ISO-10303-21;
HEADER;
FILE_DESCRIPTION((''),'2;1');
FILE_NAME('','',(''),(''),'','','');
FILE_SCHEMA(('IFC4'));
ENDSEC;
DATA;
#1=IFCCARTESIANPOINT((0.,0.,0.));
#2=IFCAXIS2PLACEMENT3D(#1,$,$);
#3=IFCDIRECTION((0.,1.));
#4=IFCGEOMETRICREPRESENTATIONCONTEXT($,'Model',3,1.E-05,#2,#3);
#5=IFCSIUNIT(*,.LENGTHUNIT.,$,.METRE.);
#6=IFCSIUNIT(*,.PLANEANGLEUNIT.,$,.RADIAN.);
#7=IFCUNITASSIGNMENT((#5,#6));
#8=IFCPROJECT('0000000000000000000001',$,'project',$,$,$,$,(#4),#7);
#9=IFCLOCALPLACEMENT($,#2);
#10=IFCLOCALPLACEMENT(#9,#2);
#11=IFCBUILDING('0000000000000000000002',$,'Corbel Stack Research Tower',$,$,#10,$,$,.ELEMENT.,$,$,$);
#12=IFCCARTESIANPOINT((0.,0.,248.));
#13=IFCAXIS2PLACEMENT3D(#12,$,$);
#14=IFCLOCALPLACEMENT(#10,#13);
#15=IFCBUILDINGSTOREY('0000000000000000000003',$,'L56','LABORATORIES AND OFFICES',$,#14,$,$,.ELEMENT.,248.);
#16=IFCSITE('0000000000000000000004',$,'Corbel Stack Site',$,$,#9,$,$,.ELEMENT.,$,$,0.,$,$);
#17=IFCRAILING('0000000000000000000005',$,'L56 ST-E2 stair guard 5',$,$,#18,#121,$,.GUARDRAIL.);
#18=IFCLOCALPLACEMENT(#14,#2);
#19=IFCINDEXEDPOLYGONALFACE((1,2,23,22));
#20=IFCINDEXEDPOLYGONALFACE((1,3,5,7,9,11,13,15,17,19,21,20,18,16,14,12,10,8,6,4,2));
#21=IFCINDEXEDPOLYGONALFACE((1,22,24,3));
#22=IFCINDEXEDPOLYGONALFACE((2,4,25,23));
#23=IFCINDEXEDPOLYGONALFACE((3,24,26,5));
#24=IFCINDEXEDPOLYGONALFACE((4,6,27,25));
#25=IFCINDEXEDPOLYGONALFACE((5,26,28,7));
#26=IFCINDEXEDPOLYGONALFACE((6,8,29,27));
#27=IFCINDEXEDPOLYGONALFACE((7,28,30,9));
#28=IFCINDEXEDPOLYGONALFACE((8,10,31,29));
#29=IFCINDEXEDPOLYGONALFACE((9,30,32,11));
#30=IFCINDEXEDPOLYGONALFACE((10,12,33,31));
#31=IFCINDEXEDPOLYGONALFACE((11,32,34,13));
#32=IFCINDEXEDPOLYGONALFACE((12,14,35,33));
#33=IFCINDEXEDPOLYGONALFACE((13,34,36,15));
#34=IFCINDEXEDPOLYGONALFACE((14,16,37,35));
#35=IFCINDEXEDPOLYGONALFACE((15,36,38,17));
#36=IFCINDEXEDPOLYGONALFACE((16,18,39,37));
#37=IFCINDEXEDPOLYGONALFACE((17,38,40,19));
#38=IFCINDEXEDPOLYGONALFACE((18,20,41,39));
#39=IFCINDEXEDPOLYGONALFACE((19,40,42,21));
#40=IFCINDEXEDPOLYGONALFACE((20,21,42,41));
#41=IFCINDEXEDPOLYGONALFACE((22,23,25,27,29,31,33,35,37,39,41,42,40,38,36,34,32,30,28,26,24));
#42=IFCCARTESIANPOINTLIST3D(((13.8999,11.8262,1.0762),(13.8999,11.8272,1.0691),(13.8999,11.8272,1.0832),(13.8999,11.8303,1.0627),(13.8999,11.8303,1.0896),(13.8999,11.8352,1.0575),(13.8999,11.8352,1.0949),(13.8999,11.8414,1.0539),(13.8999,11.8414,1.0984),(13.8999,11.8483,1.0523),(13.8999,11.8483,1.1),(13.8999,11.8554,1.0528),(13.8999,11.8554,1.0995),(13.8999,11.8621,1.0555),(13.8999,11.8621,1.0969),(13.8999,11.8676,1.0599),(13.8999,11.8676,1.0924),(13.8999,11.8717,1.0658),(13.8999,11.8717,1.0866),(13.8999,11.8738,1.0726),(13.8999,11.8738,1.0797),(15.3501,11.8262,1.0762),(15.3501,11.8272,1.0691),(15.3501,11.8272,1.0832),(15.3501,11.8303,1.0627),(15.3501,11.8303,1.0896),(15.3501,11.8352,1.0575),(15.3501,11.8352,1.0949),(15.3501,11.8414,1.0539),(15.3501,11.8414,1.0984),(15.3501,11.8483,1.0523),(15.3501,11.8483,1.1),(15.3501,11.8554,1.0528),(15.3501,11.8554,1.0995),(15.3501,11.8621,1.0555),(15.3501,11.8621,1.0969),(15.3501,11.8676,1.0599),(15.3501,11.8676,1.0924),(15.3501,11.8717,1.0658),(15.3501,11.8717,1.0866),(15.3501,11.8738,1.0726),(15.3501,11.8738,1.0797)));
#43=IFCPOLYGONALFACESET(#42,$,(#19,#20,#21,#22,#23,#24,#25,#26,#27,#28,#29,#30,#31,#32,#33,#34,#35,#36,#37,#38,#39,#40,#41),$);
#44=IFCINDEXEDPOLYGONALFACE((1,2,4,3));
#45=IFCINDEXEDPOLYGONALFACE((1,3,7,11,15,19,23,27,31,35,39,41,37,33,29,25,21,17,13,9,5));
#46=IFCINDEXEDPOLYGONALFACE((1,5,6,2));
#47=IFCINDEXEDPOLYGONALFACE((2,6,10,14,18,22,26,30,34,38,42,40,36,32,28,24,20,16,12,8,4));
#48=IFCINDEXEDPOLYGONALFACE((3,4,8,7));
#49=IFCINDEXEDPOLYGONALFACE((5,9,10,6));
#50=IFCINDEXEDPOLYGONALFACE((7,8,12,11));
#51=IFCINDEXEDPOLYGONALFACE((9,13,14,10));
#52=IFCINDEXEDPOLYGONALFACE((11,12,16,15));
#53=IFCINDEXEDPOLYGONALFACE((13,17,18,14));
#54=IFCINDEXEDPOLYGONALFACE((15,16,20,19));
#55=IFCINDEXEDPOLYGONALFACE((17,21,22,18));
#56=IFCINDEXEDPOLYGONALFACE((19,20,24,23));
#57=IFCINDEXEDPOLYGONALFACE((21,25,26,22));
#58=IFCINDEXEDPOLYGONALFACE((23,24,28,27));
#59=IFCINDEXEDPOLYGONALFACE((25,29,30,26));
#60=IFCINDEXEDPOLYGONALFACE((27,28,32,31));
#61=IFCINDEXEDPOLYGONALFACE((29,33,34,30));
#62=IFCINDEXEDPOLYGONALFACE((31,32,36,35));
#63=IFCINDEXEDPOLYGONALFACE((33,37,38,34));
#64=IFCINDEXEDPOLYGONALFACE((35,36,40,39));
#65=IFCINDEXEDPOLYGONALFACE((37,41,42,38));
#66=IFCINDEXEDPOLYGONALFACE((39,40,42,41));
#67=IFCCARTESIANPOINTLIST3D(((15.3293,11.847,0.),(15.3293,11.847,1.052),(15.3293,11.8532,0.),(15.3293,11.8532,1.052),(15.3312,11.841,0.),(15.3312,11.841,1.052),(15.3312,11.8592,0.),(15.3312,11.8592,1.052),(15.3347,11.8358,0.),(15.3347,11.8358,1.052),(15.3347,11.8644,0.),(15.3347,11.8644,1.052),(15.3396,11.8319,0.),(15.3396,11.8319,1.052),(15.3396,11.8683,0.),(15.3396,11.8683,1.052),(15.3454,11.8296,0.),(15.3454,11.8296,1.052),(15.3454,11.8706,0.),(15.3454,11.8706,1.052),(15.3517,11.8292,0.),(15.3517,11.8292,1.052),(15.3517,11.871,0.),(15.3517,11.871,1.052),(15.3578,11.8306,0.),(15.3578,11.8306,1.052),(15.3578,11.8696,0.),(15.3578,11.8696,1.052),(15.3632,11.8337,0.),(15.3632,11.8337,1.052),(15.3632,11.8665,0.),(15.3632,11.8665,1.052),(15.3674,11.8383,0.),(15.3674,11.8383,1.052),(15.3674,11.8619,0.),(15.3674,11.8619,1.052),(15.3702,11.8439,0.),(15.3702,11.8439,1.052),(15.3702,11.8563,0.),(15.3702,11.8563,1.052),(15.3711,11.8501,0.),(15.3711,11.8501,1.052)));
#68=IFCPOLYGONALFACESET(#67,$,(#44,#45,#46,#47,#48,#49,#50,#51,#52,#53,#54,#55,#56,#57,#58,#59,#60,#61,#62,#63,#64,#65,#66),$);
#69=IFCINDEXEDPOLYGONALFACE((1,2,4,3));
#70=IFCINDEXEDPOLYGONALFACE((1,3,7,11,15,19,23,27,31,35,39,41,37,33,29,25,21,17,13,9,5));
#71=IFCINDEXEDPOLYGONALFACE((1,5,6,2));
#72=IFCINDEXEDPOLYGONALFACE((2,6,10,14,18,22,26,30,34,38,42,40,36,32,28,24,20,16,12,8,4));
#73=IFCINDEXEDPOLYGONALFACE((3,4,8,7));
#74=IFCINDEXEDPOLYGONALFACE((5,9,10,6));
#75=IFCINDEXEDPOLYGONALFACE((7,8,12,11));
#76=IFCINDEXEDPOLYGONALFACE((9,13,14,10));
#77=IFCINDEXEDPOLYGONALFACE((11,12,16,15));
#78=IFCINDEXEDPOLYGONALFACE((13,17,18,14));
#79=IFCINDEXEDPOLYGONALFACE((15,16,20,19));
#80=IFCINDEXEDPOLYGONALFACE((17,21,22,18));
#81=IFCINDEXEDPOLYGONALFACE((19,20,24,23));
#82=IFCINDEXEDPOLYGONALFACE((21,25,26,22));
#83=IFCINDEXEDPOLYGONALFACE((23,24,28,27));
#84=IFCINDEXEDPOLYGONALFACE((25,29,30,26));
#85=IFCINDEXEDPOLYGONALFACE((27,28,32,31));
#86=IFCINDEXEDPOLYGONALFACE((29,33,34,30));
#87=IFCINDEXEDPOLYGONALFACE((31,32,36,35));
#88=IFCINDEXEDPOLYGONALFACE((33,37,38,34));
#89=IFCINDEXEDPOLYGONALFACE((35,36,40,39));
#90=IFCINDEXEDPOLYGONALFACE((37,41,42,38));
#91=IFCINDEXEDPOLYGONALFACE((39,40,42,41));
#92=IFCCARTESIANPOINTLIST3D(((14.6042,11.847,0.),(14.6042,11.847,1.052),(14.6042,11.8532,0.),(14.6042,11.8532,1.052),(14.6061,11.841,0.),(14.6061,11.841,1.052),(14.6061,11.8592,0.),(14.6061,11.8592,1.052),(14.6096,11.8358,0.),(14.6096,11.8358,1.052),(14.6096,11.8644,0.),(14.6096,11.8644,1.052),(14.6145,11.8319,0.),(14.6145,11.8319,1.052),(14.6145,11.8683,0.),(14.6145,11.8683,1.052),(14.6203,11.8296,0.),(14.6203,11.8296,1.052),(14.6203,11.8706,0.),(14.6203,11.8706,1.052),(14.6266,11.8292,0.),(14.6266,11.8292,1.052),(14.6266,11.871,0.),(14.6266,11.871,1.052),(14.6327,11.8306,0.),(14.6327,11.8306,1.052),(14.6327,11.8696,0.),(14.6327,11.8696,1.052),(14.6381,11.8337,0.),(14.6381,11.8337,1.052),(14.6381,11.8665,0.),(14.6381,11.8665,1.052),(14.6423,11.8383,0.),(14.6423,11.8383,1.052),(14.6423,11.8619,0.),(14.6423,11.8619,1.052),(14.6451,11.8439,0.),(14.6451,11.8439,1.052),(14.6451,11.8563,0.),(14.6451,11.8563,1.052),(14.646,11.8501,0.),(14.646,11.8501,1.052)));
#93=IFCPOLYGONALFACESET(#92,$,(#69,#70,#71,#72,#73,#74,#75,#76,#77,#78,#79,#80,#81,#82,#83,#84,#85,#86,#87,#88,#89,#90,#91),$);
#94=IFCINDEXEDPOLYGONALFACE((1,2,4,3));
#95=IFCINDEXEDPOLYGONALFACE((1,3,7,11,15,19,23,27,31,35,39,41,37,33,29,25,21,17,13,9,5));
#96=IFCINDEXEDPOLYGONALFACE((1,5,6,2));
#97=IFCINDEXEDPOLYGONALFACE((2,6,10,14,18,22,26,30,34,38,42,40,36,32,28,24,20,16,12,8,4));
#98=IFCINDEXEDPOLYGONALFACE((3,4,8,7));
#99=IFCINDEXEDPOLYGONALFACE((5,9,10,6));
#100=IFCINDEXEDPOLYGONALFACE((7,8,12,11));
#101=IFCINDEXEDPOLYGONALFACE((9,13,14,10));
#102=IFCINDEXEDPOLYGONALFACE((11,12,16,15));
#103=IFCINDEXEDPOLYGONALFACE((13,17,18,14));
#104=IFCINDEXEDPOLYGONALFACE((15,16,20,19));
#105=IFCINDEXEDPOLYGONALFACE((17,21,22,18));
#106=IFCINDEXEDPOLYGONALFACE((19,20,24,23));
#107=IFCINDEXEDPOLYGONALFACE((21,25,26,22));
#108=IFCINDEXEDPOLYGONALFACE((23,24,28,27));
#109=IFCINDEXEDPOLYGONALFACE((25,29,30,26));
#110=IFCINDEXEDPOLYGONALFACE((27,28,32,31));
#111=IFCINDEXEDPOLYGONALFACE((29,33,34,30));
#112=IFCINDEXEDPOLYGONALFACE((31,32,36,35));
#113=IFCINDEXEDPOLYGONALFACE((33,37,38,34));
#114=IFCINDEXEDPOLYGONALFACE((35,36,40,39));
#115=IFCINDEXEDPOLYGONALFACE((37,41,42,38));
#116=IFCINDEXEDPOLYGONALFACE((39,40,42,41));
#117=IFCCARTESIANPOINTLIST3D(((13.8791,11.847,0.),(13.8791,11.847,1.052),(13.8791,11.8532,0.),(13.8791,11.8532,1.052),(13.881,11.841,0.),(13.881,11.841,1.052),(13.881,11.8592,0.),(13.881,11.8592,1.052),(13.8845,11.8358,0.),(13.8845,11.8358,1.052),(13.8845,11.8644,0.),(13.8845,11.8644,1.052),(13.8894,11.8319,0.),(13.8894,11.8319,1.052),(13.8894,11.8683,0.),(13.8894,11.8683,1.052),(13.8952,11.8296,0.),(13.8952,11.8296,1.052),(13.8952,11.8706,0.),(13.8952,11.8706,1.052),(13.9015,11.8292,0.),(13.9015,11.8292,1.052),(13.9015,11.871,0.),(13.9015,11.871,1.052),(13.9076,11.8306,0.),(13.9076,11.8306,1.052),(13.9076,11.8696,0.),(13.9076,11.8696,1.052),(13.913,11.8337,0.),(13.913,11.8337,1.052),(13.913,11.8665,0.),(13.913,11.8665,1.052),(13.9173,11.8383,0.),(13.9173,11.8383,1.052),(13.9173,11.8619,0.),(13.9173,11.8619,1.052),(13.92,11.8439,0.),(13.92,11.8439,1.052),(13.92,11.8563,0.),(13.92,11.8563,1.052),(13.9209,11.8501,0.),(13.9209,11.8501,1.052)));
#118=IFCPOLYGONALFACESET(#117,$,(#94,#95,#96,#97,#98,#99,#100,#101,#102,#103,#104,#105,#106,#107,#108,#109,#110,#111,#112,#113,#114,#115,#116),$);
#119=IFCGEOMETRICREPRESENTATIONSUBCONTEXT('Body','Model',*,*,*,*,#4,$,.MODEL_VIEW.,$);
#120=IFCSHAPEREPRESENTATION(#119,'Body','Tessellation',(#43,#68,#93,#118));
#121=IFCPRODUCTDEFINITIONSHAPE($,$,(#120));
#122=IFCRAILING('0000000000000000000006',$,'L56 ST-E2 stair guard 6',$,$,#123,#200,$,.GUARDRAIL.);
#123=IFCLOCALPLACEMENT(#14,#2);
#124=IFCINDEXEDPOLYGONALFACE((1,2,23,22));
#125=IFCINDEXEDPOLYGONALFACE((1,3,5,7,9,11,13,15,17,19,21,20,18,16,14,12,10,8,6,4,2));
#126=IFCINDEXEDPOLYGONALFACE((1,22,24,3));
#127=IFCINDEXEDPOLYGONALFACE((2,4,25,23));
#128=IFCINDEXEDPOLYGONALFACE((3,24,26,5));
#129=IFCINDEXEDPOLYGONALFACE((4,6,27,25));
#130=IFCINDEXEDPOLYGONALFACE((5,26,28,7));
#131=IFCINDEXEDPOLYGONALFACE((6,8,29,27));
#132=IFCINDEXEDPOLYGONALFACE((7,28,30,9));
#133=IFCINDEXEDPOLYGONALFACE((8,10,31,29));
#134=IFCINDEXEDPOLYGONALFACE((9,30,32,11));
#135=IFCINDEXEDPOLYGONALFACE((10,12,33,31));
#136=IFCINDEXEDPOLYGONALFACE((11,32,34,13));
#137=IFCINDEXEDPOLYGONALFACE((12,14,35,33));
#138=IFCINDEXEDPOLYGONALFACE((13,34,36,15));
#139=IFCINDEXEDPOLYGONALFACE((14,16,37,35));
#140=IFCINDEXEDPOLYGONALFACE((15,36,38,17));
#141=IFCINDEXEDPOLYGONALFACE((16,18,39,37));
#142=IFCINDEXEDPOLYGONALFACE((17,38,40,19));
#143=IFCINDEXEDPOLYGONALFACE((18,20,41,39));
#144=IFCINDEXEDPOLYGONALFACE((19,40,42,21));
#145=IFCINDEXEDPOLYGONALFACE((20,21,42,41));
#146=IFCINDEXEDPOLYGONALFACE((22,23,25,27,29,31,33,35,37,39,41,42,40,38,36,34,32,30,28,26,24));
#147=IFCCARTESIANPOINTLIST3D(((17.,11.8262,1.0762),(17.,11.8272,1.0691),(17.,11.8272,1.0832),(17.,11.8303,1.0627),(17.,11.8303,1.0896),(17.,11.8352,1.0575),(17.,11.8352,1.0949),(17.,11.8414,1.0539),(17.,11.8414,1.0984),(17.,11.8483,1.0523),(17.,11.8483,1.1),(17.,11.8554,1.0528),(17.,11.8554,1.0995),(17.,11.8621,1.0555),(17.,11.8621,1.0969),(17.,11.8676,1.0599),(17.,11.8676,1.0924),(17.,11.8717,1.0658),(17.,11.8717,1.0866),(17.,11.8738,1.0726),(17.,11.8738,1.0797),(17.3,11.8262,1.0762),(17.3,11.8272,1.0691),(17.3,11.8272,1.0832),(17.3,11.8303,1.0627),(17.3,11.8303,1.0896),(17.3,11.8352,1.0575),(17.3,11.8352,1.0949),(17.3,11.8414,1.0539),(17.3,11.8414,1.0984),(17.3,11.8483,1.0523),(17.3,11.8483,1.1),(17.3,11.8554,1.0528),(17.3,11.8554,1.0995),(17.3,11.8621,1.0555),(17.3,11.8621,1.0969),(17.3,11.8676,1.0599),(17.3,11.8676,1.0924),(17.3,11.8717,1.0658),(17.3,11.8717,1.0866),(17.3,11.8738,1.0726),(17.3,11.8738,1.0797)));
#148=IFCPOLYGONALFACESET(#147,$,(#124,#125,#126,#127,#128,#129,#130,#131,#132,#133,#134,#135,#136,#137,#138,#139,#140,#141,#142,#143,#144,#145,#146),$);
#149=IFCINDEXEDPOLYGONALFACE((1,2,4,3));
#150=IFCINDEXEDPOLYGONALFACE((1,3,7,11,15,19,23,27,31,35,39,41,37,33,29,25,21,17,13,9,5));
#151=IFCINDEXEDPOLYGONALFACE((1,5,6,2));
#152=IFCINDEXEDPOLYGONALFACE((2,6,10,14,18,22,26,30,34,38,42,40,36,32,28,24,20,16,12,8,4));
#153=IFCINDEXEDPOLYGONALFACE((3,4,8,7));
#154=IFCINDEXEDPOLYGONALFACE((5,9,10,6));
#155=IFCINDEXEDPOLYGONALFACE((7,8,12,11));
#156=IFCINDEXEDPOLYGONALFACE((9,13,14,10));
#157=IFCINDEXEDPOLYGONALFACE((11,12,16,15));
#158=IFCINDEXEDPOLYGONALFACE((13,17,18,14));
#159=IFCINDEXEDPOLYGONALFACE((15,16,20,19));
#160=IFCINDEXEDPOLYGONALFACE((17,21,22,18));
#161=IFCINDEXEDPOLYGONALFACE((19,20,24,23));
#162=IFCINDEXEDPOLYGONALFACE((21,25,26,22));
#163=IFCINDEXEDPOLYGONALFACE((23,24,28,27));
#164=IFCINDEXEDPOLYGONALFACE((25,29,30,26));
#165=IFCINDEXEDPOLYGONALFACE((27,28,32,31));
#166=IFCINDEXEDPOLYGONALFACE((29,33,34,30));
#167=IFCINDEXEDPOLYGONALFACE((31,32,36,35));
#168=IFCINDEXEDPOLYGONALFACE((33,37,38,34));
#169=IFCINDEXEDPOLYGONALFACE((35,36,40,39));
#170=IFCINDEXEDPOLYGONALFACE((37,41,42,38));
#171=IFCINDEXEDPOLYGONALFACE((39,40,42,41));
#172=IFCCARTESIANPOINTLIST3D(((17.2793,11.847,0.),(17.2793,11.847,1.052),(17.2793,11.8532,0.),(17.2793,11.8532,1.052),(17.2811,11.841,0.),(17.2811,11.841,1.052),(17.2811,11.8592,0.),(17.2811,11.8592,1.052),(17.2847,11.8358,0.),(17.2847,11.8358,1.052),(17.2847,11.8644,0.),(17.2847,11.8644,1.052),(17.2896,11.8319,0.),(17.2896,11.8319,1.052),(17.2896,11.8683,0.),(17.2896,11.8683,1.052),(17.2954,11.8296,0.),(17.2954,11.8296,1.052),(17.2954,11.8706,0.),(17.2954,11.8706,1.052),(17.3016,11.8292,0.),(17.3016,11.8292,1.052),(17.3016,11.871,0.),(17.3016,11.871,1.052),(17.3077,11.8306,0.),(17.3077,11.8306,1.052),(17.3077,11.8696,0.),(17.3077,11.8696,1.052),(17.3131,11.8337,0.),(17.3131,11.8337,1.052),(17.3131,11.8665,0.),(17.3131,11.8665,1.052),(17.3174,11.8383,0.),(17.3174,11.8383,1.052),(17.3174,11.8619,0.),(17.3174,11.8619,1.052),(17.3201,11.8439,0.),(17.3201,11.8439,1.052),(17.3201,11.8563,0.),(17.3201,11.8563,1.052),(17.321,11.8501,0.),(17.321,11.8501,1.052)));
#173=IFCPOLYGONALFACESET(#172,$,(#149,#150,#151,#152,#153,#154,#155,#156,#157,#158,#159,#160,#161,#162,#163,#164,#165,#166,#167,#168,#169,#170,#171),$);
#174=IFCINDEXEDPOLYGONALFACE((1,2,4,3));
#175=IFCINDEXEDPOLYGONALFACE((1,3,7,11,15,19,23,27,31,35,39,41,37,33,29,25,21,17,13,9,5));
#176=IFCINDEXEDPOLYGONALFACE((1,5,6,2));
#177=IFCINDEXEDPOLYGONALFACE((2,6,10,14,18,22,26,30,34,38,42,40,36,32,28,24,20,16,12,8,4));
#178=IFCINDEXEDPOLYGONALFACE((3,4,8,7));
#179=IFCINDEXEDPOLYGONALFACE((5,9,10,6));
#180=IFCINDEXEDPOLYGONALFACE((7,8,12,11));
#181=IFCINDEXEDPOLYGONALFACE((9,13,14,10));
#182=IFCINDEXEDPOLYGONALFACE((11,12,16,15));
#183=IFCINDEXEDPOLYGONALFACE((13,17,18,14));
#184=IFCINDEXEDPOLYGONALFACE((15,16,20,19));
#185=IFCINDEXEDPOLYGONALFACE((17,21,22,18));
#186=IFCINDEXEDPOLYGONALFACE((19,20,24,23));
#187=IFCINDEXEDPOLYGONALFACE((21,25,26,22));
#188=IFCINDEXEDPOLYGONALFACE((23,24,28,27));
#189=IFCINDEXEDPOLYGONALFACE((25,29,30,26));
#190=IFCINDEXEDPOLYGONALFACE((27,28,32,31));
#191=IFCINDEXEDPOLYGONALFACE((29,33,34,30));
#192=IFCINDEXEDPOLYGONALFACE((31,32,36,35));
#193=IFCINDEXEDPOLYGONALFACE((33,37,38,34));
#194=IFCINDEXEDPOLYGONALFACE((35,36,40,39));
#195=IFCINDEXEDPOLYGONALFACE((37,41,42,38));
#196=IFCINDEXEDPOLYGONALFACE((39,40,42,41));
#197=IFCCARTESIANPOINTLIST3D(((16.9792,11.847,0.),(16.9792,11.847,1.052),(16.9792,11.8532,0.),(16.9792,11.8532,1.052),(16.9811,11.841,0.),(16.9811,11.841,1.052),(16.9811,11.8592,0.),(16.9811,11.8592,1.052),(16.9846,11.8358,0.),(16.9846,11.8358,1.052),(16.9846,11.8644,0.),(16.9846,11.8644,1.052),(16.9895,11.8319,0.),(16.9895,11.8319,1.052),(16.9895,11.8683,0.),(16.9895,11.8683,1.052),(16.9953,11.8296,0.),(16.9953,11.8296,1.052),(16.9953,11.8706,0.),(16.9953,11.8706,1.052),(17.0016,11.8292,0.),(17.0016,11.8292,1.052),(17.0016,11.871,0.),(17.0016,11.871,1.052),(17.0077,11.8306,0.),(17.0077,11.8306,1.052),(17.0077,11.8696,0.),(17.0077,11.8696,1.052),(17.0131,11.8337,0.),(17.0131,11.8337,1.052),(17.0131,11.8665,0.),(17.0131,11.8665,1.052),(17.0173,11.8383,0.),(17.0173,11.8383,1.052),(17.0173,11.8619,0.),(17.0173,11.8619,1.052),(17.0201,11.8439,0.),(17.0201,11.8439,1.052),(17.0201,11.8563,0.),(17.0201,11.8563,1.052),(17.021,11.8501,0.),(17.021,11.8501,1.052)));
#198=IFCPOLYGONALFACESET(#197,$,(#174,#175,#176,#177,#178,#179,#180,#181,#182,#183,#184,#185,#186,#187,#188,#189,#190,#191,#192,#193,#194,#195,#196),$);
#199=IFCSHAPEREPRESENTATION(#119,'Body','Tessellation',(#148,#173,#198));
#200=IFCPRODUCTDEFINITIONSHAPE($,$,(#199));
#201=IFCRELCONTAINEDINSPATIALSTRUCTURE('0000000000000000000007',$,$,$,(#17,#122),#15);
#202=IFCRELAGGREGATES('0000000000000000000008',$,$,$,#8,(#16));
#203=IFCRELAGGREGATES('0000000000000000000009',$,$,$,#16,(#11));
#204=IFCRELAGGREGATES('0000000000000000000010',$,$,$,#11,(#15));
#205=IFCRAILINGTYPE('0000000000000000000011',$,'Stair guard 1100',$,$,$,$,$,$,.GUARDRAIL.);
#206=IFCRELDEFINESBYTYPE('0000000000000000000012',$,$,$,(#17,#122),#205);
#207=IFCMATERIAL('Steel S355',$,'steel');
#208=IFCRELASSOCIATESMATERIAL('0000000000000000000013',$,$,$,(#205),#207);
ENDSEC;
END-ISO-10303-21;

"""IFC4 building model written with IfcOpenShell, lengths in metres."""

from ifc_helpers import new_model, si_unit, direction, frame, origin, origin_2d, place, context, subcontext, project, spatial, circle, extrude, material, type_object, element, save


model = new_model("IFC4")

# Units and contexts
model_context = context("Model", 3, precision=1e-05, world=origin(), true_north=direction((0.0, 1.0)))
body_context = subcontext(model_context, "Body", "Model", "MODEL_VIEW")
ifc_project = project(units=[si_unit("LENGTHUNIT", "METRE"), si_unit("PLANEANGLEUNIT", "RADIAN")], contexts=[model_context])

# Site, building, storey
site_placement = place(None, origin())
site = spatial("IfcSite", under=ifc_project, at=site_placement, Name="Corbel Stack Site", CompositionType="ELEMENT", RefElevation=0.0)
building_placement = place(site_placement, origin())
building = spatial("IfcBuilding", under=site, at=building_placement, Name="Corbel Stack Research Tower", CompositionType="ELEMENT")
storey_placement = place(building_placement, frame((0.0, 0.0, 248.0)))
storey = spatial("IfcBuildingStorey", under=building, at=storey_placement, Name="L56", Description="LABORATORIES AND OFFICES", CompositionType="ELEMENT", Elevation=248.0)

# Railings
ifc_material_1 = material(Name="Steel S355", Category="steel")
railing_type_1 = type_object("IfcRailingType", Name="Stair guard 1100", PredefinedType="GUARDRAIL", material=ifc_material_1)
railing_1_placement = place(storey_placement, frame((15.3501, 11.8501, 0.0)))
element("IfcRailing", 1, at=railing_1_placement, inside=storey, type_object=railing_type_1, Name="L56 ST-E2 stair guard 5", PredefinedType="GUARDRAIL", context=body_context, shape_type="SweptSolid", body=[
    extrude(circle(Radius=0.0239, at=origin_2d()), frame((0.0, 0.0, 1.0762), z_axis=(-1.0, 0.0, 0.0), x_axis=(0.0, -1.0, 0.0)), (0.0, 0.0, 1.0), 1.4502),
    extrude(circle(Radius=0.021, at=origin_2d()), origin(), (0.0, 0.0, 1.0), 1.052),
    extrude(circle(Radius=0.021, at=origin_2d()), frame((-0.7251, 0.0, 0.0)), (0.0, 0.0, 1.0), 1.052),
    extrude(circle(Radius=0.021, at=origin_2d()), frame((-1.4502, 0.0, 0.0)), (0.0, 0.0, 1.0), 1.052),
])
railing_2_placement = place(storey_placement, frame((17.3, 11.8501, 0.0)))
element("IfcRailing", 2, at=railing_2_placement, inside=storey, type_object=railing_type_1, Name="L56 ST-E2 stair guard 6", PredefinedType="GUARDRAIL", context=body_context, shape_type="SweptSolid", body=[
    extrude(circle(Radius=0.0239, at=origin_2d()), frame((0.0, 0.0, 1.0762), z_axis=(-1.0, 0.0, 0.0), x_axis=(0.0, -1.0, 0.0)), (0.0, 0.0, 1.0), 0.3),
    extrude(circle(Radius=0.021, at=origin_2d()), origin(), (0.0, 0.0, 1.0), 1.052),
    extrude(circle(Radius=0.021, at=origin_2d()), frame((-0.3, 0.0, 0.0)), (0.0, 0.0, 1.0), 1.052),
])

save(model, "model.ifc")
